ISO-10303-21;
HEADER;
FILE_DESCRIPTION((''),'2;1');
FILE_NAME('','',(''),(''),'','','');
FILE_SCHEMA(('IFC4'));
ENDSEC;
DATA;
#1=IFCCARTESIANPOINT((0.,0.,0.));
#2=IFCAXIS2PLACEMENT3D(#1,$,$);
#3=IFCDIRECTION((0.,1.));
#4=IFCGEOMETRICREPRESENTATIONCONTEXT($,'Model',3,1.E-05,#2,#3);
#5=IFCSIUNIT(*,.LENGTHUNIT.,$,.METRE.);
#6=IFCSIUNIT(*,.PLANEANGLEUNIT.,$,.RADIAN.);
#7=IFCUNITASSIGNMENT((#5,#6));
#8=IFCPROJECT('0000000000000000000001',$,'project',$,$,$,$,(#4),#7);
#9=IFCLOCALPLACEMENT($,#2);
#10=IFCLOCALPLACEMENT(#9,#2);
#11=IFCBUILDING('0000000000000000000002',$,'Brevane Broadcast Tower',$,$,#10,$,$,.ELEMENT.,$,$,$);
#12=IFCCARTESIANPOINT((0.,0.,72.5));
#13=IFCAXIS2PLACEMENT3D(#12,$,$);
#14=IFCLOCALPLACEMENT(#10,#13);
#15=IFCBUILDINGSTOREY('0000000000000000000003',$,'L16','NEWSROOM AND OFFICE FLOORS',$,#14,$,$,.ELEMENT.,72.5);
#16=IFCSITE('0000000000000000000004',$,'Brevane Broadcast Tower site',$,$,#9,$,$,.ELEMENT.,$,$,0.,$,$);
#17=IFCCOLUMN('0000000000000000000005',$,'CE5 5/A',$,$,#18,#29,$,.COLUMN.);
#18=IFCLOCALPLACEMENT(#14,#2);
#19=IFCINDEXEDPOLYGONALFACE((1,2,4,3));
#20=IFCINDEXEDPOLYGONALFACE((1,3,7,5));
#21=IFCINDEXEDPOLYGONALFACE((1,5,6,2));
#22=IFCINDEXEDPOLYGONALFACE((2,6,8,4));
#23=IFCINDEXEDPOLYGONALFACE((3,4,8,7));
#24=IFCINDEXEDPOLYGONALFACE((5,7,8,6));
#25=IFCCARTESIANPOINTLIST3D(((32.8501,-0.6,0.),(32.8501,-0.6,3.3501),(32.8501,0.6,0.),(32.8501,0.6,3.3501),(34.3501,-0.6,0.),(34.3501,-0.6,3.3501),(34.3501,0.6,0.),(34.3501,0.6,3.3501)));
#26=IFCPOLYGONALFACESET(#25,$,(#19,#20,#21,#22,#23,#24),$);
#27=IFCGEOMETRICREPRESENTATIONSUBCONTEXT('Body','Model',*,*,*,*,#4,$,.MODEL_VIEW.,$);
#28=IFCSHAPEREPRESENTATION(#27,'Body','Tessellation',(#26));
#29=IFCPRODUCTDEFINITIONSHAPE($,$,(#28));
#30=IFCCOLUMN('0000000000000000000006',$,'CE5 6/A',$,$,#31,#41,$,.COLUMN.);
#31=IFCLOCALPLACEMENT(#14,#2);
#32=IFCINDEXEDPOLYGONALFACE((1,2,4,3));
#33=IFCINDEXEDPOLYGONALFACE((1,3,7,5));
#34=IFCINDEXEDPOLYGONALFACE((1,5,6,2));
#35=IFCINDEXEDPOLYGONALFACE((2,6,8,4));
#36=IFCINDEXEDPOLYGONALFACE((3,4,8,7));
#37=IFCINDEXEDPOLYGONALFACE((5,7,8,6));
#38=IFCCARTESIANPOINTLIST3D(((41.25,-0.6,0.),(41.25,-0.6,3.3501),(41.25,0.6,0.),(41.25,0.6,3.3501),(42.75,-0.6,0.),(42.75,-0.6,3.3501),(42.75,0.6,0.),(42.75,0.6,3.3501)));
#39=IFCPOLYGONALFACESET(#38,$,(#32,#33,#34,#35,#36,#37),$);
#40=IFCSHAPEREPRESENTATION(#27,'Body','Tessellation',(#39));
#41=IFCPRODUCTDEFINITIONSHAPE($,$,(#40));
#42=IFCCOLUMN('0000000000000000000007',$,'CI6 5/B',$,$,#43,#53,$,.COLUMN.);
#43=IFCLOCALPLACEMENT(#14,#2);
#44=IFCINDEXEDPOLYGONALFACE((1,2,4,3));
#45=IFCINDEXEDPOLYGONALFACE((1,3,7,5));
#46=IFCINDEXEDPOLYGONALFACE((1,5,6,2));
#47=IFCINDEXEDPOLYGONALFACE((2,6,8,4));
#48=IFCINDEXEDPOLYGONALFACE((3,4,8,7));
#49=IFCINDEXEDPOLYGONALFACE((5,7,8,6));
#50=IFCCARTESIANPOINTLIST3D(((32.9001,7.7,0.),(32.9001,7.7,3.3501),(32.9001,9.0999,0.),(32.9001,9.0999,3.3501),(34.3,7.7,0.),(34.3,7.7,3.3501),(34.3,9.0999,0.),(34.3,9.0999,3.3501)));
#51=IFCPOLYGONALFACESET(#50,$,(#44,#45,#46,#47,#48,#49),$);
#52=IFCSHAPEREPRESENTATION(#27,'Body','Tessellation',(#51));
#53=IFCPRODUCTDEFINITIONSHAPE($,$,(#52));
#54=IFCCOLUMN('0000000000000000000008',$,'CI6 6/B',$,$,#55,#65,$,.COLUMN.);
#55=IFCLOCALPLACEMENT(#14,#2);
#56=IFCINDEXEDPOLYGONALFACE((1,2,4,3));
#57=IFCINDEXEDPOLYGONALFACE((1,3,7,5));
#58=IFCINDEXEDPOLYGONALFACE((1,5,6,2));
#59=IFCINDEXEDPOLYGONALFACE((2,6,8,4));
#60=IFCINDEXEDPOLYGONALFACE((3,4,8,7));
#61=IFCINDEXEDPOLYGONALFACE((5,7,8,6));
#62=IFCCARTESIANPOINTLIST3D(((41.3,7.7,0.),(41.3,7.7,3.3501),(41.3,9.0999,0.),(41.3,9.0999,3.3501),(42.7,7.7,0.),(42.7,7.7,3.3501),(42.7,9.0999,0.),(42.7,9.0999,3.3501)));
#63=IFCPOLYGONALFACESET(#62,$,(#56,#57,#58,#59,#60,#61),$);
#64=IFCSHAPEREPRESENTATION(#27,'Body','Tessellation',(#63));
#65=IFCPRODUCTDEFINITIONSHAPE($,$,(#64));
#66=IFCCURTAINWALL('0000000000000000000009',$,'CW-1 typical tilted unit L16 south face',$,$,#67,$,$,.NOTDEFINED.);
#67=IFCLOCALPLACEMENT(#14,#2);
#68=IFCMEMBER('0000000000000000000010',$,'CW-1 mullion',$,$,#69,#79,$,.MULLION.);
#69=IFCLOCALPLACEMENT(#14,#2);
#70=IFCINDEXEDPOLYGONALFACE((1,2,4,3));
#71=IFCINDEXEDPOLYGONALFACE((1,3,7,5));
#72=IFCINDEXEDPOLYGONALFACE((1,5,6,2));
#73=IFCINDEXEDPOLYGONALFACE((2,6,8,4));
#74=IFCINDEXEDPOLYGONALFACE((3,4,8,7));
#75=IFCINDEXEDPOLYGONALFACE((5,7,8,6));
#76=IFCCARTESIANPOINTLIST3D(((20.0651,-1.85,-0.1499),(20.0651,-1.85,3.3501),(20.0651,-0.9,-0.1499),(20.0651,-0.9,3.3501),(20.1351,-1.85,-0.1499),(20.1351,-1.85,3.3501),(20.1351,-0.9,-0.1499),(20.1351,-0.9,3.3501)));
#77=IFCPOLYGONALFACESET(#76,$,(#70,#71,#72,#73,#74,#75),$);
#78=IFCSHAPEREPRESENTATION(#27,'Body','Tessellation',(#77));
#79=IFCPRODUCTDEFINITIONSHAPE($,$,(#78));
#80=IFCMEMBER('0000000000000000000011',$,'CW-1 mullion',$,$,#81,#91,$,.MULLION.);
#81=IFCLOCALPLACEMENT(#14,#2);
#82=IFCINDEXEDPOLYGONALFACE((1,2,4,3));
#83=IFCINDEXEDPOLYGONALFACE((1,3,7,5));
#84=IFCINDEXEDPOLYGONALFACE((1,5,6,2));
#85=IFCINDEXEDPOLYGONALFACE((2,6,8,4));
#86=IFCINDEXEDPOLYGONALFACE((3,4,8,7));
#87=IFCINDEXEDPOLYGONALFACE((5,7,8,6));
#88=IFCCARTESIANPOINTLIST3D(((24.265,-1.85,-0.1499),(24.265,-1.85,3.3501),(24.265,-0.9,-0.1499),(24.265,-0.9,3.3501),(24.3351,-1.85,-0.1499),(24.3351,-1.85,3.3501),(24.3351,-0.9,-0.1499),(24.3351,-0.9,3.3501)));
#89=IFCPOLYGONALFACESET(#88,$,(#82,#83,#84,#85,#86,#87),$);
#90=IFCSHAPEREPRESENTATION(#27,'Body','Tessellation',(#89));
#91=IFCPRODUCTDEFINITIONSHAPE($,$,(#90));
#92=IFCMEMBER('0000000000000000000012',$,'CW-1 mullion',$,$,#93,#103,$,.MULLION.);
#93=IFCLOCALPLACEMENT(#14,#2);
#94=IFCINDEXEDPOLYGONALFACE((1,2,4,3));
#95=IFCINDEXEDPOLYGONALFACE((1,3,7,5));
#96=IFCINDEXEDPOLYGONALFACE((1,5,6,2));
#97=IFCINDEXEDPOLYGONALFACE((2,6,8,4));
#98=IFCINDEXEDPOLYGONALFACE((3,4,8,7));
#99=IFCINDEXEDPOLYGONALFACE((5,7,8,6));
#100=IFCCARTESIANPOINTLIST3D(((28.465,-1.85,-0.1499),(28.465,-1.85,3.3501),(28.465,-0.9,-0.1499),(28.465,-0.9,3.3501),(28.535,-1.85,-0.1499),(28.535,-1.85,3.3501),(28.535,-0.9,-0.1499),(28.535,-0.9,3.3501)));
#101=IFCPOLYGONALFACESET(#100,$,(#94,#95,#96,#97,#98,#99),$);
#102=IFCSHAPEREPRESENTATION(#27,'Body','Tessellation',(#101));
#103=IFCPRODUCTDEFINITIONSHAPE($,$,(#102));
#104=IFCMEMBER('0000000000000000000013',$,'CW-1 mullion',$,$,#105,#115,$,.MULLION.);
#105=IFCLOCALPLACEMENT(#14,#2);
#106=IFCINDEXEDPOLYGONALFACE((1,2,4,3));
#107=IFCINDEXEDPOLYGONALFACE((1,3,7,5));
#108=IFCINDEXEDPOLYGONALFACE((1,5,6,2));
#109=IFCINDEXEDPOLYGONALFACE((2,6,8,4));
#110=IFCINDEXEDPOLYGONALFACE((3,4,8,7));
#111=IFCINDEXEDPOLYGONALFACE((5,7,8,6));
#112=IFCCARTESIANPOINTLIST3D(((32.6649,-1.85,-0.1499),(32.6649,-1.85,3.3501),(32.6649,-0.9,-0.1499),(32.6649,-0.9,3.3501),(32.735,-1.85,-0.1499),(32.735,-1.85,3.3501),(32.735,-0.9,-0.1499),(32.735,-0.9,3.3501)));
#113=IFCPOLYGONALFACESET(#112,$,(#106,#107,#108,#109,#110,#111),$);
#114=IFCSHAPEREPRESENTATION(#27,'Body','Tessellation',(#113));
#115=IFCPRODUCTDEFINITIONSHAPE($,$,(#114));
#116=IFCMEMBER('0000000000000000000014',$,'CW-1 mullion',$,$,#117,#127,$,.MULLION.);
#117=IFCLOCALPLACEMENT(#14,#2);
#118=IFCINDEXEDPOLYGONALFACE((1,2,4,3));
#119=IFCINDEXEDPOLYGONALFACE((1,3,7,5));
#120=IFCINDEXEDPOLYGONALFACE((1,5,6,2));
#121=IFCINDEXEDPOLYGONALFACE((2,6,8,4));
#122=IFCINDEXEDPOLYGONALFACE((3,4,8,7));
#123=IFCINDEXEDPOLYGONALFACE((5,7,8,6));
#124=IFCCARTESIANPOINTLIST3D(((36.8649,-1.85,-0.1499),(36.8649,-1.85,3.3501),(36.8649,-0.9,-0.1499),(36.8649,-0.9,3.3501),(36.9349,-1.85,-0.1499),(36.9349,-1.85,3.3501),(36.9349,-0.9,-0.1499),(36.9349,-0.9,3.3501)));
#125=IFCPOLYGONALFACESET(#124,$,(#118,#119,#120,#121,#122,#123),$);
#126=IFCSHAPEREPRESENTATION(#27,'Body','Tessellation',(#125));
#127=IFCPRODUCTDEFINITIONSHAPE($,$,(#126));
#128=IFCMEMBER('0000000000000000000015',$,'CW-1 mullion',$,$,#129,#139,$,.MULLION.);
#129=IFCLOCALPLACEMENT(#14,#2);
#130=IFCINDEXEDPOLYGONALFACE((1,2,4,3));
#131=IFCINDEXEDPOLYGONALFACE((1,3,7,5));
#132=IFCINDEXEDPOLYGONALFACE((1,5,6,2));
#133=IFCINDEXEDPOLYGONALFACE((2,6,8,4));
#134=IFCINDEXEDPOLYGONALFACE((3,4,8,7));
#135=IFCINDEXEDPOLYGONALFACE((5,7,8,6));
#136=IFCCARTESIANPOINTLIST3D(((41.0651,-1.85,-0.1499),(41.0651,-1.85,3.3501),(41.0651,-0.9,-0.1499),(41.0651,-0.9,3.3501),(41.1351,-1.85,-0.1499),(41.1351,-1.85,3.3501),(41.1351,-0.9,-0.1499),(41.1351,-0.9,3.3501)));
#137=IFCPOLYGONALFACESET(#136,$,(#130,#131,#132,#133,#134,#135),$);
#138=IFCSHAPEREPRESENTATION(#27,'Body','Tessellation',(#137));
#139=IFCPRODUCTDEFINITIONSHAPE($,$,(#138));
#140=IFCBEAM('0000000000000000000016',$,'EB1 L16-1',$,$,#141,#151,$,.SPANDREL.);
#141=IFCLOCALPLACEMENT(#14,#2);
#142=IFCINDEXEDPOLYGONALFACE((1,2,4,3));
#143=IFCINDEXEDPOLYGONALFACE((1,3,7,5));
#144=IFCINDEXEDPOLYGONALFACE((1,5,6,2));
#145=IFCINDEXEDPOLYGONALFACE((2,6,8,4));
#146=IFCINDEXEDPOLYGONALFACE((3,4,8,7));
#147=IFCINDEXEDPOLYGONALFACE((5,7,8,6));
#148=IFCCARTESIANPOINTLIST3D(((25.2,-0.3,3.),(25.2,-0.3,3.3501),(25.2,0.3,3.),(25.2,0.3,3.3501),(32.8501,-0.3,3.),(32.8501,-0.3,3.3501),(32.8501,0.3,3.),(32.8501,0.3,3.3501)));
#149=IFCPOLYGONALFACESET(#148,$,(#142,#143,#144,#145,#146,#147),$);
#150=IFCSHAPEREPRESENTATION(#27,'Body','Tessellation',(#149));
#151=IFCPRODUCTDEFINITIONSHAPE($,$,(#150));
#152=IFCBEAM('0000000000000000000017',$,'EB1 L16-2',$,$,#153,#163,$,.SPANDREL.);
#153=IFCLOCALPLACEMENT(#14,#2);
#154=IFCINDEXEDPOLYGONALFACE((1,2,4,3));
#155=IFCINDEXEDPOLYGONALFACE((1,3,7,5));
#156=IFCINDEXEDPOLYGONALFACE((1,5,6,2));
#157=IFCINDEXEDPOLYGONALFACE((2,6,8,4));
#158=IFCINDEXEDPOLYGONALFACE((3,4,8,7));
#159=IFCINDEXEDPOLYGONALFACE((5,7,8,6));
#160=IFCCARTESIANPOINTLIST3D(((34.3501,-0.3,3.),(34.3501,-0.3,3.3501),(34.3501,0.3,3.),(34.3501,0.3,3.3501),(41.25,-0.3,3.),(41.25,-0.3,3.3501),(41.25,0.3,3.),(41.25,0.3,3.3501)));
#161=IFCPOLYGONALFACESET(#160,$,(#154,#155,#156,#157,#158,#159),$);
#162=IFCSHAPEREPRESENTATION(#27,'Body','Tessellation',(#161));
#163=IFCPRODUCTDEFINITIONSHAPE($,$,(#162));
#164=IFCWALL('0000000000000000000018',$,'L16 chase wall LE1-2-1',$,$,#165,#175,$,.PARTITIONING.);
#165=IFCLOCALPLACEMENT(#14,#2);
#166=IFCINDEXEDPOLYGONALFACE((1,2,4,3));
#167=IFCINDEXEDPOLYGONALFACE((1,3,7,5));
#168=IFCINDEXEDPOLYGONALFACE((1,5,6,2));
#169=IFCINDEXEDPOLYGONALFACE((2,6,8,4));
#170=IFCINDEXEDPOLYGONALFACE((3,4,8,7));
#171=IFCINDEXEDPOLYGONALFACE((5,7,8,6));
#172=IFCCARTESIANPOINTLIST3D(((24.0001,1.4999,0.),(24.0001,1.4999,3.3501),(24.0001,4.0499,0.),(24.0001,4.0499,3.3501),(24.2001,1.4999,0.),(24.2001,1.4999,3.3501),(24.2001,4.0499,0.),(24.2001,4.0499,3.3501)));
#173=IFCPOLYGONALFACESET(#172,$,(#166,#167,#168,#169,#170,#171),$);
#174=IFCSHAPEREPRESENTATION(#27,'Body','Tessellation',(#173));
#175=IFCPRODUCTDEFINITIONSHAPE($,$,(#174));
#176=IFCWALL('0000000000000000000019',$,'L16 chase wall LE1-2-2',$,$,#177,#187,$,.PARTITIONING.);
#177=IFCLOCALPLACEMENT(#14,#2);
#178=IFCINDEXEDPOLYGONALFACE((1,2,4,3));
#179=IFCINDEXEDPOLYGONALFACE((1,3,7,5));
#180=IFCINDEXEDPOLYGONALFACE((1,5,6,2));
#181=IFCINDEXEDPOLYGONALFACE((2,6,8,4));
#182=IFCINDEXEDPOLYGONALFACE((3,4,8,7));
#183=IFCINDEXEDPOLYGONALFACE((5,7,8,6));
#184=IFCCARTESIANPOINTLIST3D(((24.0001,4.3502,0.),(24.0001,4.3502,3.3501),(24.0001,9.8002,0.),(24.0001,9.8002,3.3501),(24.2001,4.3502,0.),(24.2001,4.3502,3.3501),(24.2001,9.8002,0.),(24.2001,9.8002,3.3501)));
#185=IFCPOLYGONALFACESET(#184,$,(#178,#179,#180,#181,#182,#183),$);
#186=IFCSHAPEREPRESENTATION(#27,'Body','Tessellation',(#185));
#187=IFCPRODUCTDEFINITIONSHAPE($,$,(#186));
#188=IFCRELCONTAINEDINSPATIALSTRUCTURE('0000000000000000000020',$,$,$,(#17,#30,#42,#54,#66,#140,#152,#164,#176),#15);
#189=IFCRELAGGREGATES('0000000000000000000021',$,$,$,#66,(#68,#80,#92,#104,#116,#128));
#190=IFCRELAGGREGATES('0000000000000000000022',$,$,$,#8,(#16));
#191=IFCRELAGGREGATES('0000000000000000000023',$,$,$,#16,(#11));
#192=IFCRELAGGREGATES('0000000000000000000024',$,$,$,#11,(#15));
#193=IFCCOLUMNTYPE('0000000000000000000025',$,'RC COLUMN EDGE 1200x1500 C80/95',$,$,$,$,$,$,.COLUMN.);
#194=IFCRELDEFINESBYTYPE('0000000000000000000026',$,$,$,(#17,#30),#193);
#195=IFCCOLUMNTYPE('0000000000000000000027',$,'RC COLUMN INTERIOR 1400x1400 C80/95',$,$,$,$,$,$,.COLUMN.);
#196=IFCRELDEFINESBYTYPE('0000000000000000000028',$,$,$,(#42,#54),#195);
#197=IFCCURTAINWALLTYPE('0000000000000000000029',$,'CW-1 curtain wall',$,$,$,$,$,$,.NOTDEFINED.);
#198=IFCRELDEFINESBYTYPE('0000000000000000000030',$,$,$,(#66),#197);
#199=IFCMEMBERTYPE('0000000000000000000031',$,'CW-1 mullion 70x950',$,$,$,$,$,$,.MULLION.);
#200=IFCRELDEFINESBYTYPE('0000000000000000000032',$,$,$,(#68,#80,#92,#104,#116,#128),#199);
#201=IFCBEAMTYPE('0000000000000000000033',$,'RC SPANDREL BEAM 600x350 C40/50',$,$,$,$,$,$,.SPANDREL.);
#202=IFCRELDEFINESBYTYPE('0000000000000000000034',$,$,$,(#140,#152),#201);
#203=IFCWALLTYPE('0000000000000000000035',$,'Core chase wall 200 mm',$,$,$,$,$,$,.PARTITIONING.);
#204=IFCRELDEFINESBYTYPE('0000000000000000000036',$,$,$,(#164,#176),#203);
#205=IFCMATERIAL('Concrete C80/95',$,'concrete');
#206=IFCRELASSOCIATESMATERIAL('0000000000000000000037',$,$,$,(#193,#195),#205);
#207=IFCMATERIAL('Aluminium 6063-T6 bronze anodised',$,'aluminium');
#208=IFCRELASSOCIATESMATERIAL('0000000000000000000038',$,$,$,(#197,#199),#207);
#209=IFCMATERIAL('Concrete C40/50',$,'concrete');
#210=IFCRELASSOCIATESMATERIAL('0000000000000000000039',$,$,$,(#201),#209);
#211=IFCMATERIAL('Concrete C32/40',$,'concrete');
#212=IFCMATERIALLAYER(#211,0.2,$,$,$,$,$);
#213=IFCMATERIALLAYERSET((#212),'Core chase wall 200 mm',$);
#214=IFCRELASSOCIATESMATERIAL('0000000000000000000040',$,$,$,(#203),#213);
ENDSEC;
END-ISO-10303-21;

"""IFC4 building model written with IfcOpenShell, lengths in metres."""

from ifc_helpers import new_model, si_unit, direction, frame, frame_2d, origin, origin_2d, place, context, subcontext, project, spatial, rectangle, extrude, material, layer, layer_set, material_profile, profile_set, type_object, element, aggregate, save


model = new_model("IFC4")

# Units and contexts
model_context = context("Model", 3, precision=1e-05, world=origin(), true_north=direction((0.0, 1.0)))
body_context = subcontext(model_context, "Body", "Model", "MODEL_VIEW")
ifc_project = project(units=[si_unit("LENGTHUNIT", "METRE"), si_unit("PLANEANGLEUNIT", "RADIAN")], contexts=[model_context])

# Site, building, storey
site_placement = place(None, origin())
site = spatial("IfcSite", under=ifc_project, at=site_placement, Name="Brevane Broadcast Tower site", CompositionType="ELEMENT", RefElevation=0.0)
building_placement = place(site_placement, origin())
building = spatial("IfcBuilding", under=site, at=building_placement, Name="Brevane Broadcast Tower", CompositionType="ELEMENT")
storey_placement = place(building_placement, frame((0.0, 0.0, 72.5)))
storey = spatial("IfcBuildingStorey", under=building, at=storey_placement, Name="L16", Description="NEWSROOM AND OFFICE FLOORS", CompositionType="ELEMENT", Elevation=72.5)

# Columns
ifc_material_1 = material(Name="Concrete C80/95", Category="concrete")
ifc_material_profile_1 = material_profile(ifc_material_1, rectangle(XDim=1.2, YDim=1.5, at=origin_2d()), Name="RC 1200x1500")
ifc_profile_set_1 = profile_set([ifc_material_profile_1], Name="Concrete C80/95")
column_type_1 = type_object("IfcColumnType", Name="RC COLUMN EDGE 1200x1500 C80/95", PredefinedType="COLUMN", material=ifc_profile_set_1)
for number, where, z_axis, x_axis, name in (
    (1, (33.6001, 0.0, 0.0), (0.0, 0.0, 1.0), (0.0, 1.0, 0.0), "CE5 5/A"),
    (2, (42.0, 0.0, 0.0), (0.0, 0.0, 1.0), (0.0, 1.0, 0.0), "CE5 6/A"),
):
    element("IfcColumn", number, at=place(storey_placement, frame(where, z_axis=z_axis, x_axis=x_axis)), inside=storey, type_object=column_type_1, Name=name, PredefinedType="COLUMN", context=body_context, shape_type="SweptSolid", body=[
        extrude(rectangle(XDim=1.2, YDim=1.5, at=origin_2d()), origin(), (0.0, 0.0, 1.0), 3.3501),
    ])
ifc_material_profile_2 = material_profile(ifc_material_1, rectangle(XDim=1.3999, YDim=1.3999, at=origin_2d()), Name="RC 1400x1400")
ifc_profile_set_2 = profile_set([ifc_material_profile_2], Name="Concrete C80/95")
column_type_2 = type_object("IfcColumnType", Name="RC COLUMN INTERIOR 1400x1400 C80/95", PredefinedType="COLUMN", material=ifc_profile_set_2)
for number, where, z_axis, x_axis, name in (
    (3, (33.6001, 8.3999, 0.0), (0.0, 0.0, 1.0), (1.0, 0.0, 0.0), "CI6 5/B"),
    (4, (42.0, 8.3999, 0.0), (0.0, 0.0, 1.0), (1.0, 0.0, 0.0), "CI6 6/B"),
):
    element("IfcColumn", number, at=place(storey_placement, frame(where, z_axis=z_axis, x_axis=x_axis)), inside=storey, type_object=column_type_2, Name=name, PredefinedType="COLUMN", context=body_context, shape_type="SweptSolid", body=[
        extrude(rectangle(XDim=1.3999, YDim=1.3999, at=origin_2d()), origin(), (0.0, 0.0, 1.0), 3.3501),
    ])

# Curtain wall, members
ifc_material_2 = material(Name="Aluminium 6063-T6 bronze anodised", Category="aluminium")
curtain_wall_type = type_object("IfcCurtainWallType", Name="CW-1 curtain wall", PredefinedType="NOTDEFINED", material=ifc_material_2)
curtain_wall_placement = place(storey_placement, origin())
curtain_wall = element("IfcCurtainWall", 5, at=curtain_wall_placement, inside=storey, type_object=curtain_wall_type, Name="CW-1 typical tilted unit L16 south face", PredefinedType="NOTDEFINED")
ifc_material_profile_3 = material_profile(ifc_material_2, rectangle(XDim=0.95, YDim=0.0701, at=origin_2d()), Name="RECT 70x950")
ifc_profile_set_3 = profile_set([ifc_material_profile_3], Name="Aluminium 6063-T6 bronze anodised")
member_type = type_object("IfcMemberType", Name="CW-1 mullion 70x950", PredefinedType="MULLION", material=ifc_profile_set_3)
member_1_placement = place(storey_placement, frame((20.1001, -1.375, -0.1499), z_axis=(0.0, 0.0, 1.0), x_axis=(0.0, 1.0, 0.0)))
member_1 = element("IfcMember", 6, at=member_1_placement, type_object=member_type, Name="CW-1 mullion", PredefinedType="MULLION", context=body_context, shape_type="SweptSolid", body=[
    extrude(rectangle(XDim=0.95, YDim=0.0701, at=origin_2d()), origin(), (0.0, 0.0, 1.0), 3.5),
])
member_2_placement = place(storey_placement, frame((24.3, -1.375, -0.1499), z_axis=(0.0, 0.0, 1.0), x_axis=(0.0, 1.0, 0.0)))
member_2 = element("IfcMember", 7, at=member_2_placement, type_object=member_type, Name="CW-1 mullion", PredefinedType="MULLION", context=body_context, shape_type="SweptSolid", body=[
    extrude(rectangle(XDim=0.95, YDim=0.0701, at=origin_2d()), origin(), (0.0, 0.0, 1.0), 3.5),
])
member_3_placement = place(storey_placement, frame((28.5, -1.375, -0.1499), z_axis=(0.0, 0.0, 1.0), x_axis=(0.0, 1.0, 0.0)))
member_3 = element("IfcMember", 8, at=member_3_placement, type_object=member_type, Name="CW-1 mullion", PredefinedType="MULLION", context=body_context, shape_type="SweptSolid", body=[
    extrude(rectangle(XDim=0.95, YDim=0.0701, at=origin_2d()), origin(), (0.0, 0.0, 1.0), 3.5),
])
member_4_placement = place(storey_placement, frame((32.7, -1.375, -0.1499), z_axis=(0.0, 0.0, 1.0), x_axis=(0.0, 1.0, 0.0)))
member_4 = element("IfcMember", 9, at=member_4_placement, type_object=member_type, Name="CW-1 mullion", PredefinedType="MULLION", context=body_context, shape_type="SweptSolid", body=[
    extrude(rectangle(XDim=0.95, YDim=0.0701, at=origin_2d()), origin(), (0.0, 0.0, 1.0), 3.5),
])
member_5_placement = place(storey_placement, frame((36.8999, -1.375, -0.1499), z_axis=(0.0, 0.0, 1.0), x_axis=(0.0, 1.0, 0.0)))
member_5 = element("IfcMember", 10, at=member_5_placement, type_object=member_type, Name="CW-1 mullion", PredefinedType="MULLION", context=body_context, shape_type="SweptSolid", body=[
    extrude(rectangle(XDim=0.95, YDim=0.0701, at=origin_2d()), origin(), (0.0, 0.0, 1.0), 3.5),
])
member_6_placement = place(storey_placement, frame((41.1001, -1.375, -0.1499), z_axis=(0.0, 0.0, 1.0), x_axis=(0.0, 1.0, 0.0)))
member_6 = element("IfcMember", 11, at=member_6_placement, type_object=member_type, Name="CW-1 mullion", PredefinedType="MULLION", context=body_context, shape_type="SweptSolid", body=[
    extrude(rectangle(XDim=0.95, YDim=0.0701, at=origin_2d()), origin(), (0.0, 0.0, 1.0), 3.5),
])
aggregate(curtain_wall, [member_1, member_2, member_3, member_4, member_5, member_6])

# Beams
ifc_material_3 = material(Name="Concrete C40/50", Category="concrete")
ifc_material_profile_4 = material_profile(ifc_material_3, rectangle(XDim=0.6001, YDim=0.3501, at=origin_2d()), Name="RC 600x350")
ifc_profile_set_4 = profile_set([ifc_material_profile_4], Name="Concrete C40/50")
beam_type = type_object("IfcBeamType", Name="RC SPANDREL BEAM 600x350 C40/50", PredefinedType="SPANDREL", material=ifc_profile_set_4)
beam_1_placement = place(storey_placement, frame((25.2, 0.0, 3.175), z_axis=(1.0, 0.0, 0.0), x_axis=(0.0, 1.0, 0.0)))
element("IfcBeam", 12, at=beam_1_placement, inside=storey, type_object=beam_type, Name="EB1 L16-1", PredefinedType="SPANDREL", context=body_context, shape_type="SweptSolid", body=[
    extrude(rectangle(XDim=0.6001, YDim=0.3501, at=origin_2d()), origin(), (0.0, 0.0, 1.0), 7.6501),
])
beam_2_placement = place(storey_placement, frame((34.3501, 0.0, 3.175), z_axis=(1.0, 0.0, 0.0), x_axis=(0.0, 1.0, 0.0)))
element("IfcBeam", 13, at=beam_2_placement, inside=storey, type_object=beam_type, Name="EB1 L16-2", PredefinedType="SPANDREL", context=body_context, shape_type="SweptSolid", body=[
    extrude(rectangle(XDim=0.6001, YDim=0.3501, at=origin_2d()), origin(), (0.0, 0.0, 1.0), 6.8999),
])

# Walls
ifc_material_4 = material(Name="Concrete C32/40", Category="concrete")
ifc_layer_1 = layer(ifc_material_4, 0.2)
ifc_layer_set_1 = layer_set([ifc_layer_1], Name="Core chase wall 200 mm")
wall_type_1 = type_object("IfcWallType", Name="Core chase wall 200 mm", PredefinedType="PARTITIONING", material=ifc_layer_set_1)
wall_1_placement = place(storey_placement, frame((24.1001, 1.5, 0.0), z_axis=(0.0, 0.0, 1.0), x_axis=(0.0, 1.0, 0.0)))
element("IfcWall", 14, at=wall_1_placement, inside=storey, type_object=wall_type_1, Name="L16 chase wall LE1-2-1", PredefinedType="PARTITIONING", context=body_context, shape_type="SweptSolid", body=[
    extrude(rectangle(XDim=2.55, YDim=0.2, at=frame_2d((1.2749, 0.0))), origin(), (0.0, 0.0, 1.0), 3.3501),
])
wall_2_placement = place(storey_placement, frame((24.1001, 4.3501, 0.0), z_axis=(0.0, 0.0, 1.0), x_axis=(0.0, 1.0, 0.0)))
element("IfcWall", 15, at=wall_2_placement, inside=storey, type_object=wall_type_1, Name="L16 chase wall LE1-2-2", PredefinedType="PARTITIONING", context=body_context, shape_type="SweptSolid", body=[
    extrude(rectangle(XDim=5.45, YDim=0.2, at=frame_2d((2.7251, 0.0))), origin(), (0.0, 0.0, 1.0), 3.3501),
])

save(model, "model.ifc")
